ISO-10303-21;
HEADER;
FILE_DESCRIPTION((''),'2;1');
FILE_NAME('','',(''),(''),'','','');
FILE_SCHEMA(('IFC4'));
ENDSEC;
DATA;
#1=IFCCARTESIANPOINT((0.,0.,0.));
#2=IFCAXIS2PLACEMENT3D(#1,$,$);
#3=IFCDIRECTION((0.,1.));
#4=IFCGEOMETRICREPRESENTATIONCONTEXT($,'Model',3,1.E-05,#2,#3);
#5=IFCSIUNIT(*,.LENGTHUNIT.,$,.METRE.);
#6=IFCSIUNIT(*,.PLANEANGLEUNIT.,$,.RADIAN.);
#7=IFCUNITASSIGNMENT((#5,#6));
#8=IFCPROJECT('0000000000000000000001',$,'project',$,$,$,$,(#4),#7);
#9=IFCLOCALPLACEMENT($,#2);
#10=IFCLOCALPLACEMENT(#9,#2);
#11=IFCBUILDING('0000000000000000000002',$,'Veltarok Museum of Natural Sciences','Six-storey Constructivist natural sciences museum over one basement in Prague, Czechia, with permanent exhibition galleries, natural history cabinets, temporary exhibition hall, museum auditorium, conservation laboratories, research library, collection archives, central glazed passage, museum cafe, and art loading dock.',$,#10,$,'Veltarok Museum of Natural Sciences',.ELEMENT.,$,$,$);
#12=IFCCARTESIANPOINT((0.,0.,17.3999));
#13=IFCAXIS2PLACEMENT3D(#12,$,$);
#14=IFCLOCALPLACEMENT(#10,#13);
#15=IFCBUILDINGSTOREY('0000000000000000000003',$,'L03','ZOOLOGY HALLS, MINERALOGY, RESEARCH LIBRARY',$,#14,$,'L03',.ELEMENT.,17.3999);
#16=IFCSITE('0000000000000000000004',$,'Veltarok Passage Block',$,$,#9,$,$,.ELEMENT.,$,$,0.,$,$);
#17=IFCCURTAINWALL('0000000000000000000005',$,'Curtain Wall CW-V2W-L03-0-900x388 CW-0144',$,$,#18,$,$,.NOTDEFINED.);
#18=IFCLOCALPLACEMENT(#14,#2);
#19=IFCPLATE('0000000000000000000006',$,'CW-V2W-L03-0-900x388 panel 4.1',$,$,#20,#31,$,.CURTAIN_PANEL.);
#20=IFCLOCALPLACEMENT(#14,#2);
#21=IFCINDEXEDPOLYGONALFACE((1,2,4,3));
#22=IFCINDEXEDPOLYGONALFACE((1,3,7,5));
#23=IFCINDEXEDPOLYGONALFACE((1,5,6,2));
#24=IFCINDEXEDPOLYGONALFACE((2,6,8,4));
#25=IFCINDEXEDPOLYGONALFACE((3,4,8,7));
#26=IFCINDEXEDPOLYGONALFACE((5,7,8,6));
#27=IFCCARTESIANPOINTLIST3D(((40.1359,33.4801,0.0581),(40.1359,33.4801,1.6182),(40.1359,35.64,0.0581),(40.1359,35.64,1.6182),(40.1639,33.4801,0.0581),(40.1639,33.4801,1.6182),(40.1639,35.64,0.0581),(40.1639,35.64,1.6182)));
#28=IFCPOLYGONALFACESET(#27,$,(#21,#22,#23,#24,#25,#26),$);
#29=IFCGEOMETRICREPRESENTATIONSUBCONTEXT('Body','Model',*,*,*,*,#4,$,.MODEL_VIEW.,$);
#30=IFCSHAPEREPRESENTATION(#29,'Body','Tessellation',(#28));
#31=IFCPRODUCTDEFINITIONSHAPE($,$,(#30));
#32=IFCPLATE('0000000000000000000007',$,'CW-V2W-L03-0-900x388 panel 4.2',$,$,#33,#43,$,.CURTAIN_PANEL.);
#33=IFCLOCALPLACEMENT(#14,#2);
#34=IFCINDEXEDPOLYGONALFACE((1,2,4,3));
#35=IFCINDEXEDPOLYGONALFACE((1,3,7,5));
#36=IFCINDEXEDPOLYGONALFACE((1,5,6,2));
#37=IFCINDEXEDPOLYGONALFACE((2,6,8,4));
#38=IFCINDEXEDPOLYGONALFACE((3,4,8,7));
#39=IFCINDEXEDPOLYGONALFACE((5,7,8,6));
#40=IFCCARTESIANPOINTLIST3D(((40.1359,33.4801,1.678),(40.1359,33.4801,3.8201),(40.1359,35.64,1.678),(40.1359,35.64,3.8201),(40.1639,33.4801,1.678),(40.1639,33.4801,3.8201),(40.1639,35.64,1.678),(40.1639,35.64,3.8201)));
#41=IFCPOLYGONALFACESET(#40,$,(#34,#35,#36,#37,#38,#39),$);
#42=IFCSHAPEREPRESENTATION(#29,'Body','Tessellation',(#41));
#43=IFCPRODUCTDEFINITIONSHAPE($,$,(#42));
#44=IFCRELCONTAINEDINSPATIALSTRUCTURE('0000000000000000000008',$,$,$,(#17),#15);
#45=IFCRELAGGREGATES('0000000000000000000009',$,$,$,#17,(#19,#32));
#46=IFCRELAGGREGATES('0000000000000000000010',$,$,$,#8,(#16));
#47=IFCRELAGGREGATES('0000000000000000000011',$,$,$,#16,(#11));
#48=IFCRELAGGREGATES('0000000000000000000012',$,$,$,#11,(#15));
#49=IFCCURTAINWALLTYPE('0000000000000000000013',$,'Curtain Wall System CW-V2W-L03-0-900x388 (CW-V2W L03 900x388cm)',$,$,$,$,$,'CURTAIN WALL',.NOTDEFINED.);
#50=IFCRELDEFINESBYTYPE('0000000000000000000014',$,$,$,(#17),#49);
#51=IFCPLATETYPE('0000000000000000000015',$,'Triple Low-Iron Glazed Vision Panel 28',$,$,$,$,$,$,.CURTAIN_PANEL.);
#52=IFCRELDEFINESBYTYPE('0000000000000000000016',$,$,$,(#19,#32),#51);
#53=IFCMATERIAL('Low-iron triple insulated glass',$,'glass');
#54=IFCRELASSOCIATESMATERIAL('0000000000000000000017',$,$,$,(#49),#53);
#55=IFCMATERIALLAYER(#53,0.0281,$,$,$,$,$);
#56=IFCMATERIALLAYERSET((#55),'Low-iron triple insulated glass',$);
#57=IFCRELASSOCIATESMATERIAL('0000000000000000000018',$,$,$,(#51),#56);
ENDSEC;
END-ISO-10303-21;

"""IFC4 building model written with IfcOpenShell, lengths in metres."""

from ifc_helpers import new_model, si_unit, direction, frame, origin, origin_2d, place, context, subcontext, project, spatial, rectangle, extrude, material, layer, layer_set, type_object, element, aggregate, save


model = new_model("IFC4")

# Units and contexts
model_context = context("Model", 3, precision=1e-05, world=origin(), true_north=direction((0.0, 1.0)))
body_context = subcontext(model_context, "Body", "Model", "MODEL_VIEW")
ifc_project = project(units=[si_unit("LENGTHUNIT", "METRE"), si_unit("PLANEANGLEUNIT", "RADIAN")], contexts=[model_context])

# Site, building, storey
site_placement = place(None, origin())
site = spatial("IfcSite", under=ifc_project, at=site_placement, Name="Veltarok Passage Block", CompositionType="ELEMENT", RefElevation=0.0)
building_placement = place(site_placement, origin())
building = spatial("IfcBuilding", under=site, at=building_placement, Name="Veltarok Museum of Natural Sciences", Description="Six-storey Constructivist natural sciences museum over one basement in Prague, Czechia, with permanent exhibition galleries, natural history cabinets, temporary exhibition hall, museum auditorium, conservation laboratories, research library, collection archives, central glazed passage, museum cafe, and art loading dock.", LongName="Veltarok Museum of Natural Sciences", CompositionType="ELEMENT")
storey_placement = place(building_placement, frame((0.0, 0.0, 17.3999)))
storey = spatial("IfcBuildingStorey", under=building, at=storey_placement, Name="L03", Description="ZOOLOGY HALLS, MINERALOGY, RESEARCH LIBRARY", LongName="L03", CompositionType="ELEMENT", Elevation=17.3999)

# Curtain wall
ifc_material_1 = material(Name="Low-iron triple insulated glass", Category="glass")
curtain_wall_type_1 = type_object("IfcCurtainWallType", Name="Curtain Wall System CW-V2W-L03-0-900x388 (CW-V2W L03 900x388cm)", ElementType="CURTAIN WALL", PredefinedType="NOTDEFINED", material=ifc_material_1)
curtain_wall_1_placement = place(storey_placement, origin())
curtain_wall_1 = element("IfcCurtainWall", 1, at=curtain_wall_1_placement, inside=storey, type_object=curtain_wall_type_1, Name="Curtain Wall CW-V2W-L03-0-900x388 CW-0144", PredefinedType="NOTDEFINED")

# Plates
ifc_layer = layer(ifc_material_1, 0.0281)
ifc_layer_set = layer_set([ifc_layer], Name="Low-iron triple insulated glass")
plate_type = type_object("IfcPlateType", Name="Triple Low-Iron Glazed Vision Panel 28", PredefinedType="CURTAIN_PANEL", material=ifc_layer_set)
plate_1_placement = place(storey_placement, frame((40.1499, 34.5601, 0.0581), z_axis=(0.0, 0.0, 1.0), x_axis=(0.0, 1.0, 0.0)))
plate_1 = element("IfcPlate", 2, at=plate_1_placement, type_object=plate_type, Name="CW-V2W-L03-0-900x388 panel 4.1", PredefinedType="CURTAIN_PANEL", context=body_context, shape_type="SweptSolid", body=[
    extrude(rectangle(XDim=2.1599, YDim=0.0281, at=origin_2d()), origin(), (0.0, 0.0, 1.0), 1.5601),
])
plate_2_placement = place(storey_placement, frame((40.1499, 34.5601, 1.678), z_axis=(0.0, 0.0, 1.0), x_axis=(0.0, 1.0, 0.0)))
plate_2 = element("IfcPlate", 3, at=plate_2_placement, type_object=plate_type, Name="CW-V2W-L03-0-900x388 panel 4.2", PredefinedType="CURTAIN_PANEL", context=body_context, shape_type="SweptSolid", body=[
    extrude(rectangle(XDim=2.1599, YDim=0.0281, at=origin_2d()), origin(), (0.0, 0.0, 1.0), 2.1421),
])
aggregate(curtain_wall_1, [plate_1, plate_2])

save(model, "model.ifc")
